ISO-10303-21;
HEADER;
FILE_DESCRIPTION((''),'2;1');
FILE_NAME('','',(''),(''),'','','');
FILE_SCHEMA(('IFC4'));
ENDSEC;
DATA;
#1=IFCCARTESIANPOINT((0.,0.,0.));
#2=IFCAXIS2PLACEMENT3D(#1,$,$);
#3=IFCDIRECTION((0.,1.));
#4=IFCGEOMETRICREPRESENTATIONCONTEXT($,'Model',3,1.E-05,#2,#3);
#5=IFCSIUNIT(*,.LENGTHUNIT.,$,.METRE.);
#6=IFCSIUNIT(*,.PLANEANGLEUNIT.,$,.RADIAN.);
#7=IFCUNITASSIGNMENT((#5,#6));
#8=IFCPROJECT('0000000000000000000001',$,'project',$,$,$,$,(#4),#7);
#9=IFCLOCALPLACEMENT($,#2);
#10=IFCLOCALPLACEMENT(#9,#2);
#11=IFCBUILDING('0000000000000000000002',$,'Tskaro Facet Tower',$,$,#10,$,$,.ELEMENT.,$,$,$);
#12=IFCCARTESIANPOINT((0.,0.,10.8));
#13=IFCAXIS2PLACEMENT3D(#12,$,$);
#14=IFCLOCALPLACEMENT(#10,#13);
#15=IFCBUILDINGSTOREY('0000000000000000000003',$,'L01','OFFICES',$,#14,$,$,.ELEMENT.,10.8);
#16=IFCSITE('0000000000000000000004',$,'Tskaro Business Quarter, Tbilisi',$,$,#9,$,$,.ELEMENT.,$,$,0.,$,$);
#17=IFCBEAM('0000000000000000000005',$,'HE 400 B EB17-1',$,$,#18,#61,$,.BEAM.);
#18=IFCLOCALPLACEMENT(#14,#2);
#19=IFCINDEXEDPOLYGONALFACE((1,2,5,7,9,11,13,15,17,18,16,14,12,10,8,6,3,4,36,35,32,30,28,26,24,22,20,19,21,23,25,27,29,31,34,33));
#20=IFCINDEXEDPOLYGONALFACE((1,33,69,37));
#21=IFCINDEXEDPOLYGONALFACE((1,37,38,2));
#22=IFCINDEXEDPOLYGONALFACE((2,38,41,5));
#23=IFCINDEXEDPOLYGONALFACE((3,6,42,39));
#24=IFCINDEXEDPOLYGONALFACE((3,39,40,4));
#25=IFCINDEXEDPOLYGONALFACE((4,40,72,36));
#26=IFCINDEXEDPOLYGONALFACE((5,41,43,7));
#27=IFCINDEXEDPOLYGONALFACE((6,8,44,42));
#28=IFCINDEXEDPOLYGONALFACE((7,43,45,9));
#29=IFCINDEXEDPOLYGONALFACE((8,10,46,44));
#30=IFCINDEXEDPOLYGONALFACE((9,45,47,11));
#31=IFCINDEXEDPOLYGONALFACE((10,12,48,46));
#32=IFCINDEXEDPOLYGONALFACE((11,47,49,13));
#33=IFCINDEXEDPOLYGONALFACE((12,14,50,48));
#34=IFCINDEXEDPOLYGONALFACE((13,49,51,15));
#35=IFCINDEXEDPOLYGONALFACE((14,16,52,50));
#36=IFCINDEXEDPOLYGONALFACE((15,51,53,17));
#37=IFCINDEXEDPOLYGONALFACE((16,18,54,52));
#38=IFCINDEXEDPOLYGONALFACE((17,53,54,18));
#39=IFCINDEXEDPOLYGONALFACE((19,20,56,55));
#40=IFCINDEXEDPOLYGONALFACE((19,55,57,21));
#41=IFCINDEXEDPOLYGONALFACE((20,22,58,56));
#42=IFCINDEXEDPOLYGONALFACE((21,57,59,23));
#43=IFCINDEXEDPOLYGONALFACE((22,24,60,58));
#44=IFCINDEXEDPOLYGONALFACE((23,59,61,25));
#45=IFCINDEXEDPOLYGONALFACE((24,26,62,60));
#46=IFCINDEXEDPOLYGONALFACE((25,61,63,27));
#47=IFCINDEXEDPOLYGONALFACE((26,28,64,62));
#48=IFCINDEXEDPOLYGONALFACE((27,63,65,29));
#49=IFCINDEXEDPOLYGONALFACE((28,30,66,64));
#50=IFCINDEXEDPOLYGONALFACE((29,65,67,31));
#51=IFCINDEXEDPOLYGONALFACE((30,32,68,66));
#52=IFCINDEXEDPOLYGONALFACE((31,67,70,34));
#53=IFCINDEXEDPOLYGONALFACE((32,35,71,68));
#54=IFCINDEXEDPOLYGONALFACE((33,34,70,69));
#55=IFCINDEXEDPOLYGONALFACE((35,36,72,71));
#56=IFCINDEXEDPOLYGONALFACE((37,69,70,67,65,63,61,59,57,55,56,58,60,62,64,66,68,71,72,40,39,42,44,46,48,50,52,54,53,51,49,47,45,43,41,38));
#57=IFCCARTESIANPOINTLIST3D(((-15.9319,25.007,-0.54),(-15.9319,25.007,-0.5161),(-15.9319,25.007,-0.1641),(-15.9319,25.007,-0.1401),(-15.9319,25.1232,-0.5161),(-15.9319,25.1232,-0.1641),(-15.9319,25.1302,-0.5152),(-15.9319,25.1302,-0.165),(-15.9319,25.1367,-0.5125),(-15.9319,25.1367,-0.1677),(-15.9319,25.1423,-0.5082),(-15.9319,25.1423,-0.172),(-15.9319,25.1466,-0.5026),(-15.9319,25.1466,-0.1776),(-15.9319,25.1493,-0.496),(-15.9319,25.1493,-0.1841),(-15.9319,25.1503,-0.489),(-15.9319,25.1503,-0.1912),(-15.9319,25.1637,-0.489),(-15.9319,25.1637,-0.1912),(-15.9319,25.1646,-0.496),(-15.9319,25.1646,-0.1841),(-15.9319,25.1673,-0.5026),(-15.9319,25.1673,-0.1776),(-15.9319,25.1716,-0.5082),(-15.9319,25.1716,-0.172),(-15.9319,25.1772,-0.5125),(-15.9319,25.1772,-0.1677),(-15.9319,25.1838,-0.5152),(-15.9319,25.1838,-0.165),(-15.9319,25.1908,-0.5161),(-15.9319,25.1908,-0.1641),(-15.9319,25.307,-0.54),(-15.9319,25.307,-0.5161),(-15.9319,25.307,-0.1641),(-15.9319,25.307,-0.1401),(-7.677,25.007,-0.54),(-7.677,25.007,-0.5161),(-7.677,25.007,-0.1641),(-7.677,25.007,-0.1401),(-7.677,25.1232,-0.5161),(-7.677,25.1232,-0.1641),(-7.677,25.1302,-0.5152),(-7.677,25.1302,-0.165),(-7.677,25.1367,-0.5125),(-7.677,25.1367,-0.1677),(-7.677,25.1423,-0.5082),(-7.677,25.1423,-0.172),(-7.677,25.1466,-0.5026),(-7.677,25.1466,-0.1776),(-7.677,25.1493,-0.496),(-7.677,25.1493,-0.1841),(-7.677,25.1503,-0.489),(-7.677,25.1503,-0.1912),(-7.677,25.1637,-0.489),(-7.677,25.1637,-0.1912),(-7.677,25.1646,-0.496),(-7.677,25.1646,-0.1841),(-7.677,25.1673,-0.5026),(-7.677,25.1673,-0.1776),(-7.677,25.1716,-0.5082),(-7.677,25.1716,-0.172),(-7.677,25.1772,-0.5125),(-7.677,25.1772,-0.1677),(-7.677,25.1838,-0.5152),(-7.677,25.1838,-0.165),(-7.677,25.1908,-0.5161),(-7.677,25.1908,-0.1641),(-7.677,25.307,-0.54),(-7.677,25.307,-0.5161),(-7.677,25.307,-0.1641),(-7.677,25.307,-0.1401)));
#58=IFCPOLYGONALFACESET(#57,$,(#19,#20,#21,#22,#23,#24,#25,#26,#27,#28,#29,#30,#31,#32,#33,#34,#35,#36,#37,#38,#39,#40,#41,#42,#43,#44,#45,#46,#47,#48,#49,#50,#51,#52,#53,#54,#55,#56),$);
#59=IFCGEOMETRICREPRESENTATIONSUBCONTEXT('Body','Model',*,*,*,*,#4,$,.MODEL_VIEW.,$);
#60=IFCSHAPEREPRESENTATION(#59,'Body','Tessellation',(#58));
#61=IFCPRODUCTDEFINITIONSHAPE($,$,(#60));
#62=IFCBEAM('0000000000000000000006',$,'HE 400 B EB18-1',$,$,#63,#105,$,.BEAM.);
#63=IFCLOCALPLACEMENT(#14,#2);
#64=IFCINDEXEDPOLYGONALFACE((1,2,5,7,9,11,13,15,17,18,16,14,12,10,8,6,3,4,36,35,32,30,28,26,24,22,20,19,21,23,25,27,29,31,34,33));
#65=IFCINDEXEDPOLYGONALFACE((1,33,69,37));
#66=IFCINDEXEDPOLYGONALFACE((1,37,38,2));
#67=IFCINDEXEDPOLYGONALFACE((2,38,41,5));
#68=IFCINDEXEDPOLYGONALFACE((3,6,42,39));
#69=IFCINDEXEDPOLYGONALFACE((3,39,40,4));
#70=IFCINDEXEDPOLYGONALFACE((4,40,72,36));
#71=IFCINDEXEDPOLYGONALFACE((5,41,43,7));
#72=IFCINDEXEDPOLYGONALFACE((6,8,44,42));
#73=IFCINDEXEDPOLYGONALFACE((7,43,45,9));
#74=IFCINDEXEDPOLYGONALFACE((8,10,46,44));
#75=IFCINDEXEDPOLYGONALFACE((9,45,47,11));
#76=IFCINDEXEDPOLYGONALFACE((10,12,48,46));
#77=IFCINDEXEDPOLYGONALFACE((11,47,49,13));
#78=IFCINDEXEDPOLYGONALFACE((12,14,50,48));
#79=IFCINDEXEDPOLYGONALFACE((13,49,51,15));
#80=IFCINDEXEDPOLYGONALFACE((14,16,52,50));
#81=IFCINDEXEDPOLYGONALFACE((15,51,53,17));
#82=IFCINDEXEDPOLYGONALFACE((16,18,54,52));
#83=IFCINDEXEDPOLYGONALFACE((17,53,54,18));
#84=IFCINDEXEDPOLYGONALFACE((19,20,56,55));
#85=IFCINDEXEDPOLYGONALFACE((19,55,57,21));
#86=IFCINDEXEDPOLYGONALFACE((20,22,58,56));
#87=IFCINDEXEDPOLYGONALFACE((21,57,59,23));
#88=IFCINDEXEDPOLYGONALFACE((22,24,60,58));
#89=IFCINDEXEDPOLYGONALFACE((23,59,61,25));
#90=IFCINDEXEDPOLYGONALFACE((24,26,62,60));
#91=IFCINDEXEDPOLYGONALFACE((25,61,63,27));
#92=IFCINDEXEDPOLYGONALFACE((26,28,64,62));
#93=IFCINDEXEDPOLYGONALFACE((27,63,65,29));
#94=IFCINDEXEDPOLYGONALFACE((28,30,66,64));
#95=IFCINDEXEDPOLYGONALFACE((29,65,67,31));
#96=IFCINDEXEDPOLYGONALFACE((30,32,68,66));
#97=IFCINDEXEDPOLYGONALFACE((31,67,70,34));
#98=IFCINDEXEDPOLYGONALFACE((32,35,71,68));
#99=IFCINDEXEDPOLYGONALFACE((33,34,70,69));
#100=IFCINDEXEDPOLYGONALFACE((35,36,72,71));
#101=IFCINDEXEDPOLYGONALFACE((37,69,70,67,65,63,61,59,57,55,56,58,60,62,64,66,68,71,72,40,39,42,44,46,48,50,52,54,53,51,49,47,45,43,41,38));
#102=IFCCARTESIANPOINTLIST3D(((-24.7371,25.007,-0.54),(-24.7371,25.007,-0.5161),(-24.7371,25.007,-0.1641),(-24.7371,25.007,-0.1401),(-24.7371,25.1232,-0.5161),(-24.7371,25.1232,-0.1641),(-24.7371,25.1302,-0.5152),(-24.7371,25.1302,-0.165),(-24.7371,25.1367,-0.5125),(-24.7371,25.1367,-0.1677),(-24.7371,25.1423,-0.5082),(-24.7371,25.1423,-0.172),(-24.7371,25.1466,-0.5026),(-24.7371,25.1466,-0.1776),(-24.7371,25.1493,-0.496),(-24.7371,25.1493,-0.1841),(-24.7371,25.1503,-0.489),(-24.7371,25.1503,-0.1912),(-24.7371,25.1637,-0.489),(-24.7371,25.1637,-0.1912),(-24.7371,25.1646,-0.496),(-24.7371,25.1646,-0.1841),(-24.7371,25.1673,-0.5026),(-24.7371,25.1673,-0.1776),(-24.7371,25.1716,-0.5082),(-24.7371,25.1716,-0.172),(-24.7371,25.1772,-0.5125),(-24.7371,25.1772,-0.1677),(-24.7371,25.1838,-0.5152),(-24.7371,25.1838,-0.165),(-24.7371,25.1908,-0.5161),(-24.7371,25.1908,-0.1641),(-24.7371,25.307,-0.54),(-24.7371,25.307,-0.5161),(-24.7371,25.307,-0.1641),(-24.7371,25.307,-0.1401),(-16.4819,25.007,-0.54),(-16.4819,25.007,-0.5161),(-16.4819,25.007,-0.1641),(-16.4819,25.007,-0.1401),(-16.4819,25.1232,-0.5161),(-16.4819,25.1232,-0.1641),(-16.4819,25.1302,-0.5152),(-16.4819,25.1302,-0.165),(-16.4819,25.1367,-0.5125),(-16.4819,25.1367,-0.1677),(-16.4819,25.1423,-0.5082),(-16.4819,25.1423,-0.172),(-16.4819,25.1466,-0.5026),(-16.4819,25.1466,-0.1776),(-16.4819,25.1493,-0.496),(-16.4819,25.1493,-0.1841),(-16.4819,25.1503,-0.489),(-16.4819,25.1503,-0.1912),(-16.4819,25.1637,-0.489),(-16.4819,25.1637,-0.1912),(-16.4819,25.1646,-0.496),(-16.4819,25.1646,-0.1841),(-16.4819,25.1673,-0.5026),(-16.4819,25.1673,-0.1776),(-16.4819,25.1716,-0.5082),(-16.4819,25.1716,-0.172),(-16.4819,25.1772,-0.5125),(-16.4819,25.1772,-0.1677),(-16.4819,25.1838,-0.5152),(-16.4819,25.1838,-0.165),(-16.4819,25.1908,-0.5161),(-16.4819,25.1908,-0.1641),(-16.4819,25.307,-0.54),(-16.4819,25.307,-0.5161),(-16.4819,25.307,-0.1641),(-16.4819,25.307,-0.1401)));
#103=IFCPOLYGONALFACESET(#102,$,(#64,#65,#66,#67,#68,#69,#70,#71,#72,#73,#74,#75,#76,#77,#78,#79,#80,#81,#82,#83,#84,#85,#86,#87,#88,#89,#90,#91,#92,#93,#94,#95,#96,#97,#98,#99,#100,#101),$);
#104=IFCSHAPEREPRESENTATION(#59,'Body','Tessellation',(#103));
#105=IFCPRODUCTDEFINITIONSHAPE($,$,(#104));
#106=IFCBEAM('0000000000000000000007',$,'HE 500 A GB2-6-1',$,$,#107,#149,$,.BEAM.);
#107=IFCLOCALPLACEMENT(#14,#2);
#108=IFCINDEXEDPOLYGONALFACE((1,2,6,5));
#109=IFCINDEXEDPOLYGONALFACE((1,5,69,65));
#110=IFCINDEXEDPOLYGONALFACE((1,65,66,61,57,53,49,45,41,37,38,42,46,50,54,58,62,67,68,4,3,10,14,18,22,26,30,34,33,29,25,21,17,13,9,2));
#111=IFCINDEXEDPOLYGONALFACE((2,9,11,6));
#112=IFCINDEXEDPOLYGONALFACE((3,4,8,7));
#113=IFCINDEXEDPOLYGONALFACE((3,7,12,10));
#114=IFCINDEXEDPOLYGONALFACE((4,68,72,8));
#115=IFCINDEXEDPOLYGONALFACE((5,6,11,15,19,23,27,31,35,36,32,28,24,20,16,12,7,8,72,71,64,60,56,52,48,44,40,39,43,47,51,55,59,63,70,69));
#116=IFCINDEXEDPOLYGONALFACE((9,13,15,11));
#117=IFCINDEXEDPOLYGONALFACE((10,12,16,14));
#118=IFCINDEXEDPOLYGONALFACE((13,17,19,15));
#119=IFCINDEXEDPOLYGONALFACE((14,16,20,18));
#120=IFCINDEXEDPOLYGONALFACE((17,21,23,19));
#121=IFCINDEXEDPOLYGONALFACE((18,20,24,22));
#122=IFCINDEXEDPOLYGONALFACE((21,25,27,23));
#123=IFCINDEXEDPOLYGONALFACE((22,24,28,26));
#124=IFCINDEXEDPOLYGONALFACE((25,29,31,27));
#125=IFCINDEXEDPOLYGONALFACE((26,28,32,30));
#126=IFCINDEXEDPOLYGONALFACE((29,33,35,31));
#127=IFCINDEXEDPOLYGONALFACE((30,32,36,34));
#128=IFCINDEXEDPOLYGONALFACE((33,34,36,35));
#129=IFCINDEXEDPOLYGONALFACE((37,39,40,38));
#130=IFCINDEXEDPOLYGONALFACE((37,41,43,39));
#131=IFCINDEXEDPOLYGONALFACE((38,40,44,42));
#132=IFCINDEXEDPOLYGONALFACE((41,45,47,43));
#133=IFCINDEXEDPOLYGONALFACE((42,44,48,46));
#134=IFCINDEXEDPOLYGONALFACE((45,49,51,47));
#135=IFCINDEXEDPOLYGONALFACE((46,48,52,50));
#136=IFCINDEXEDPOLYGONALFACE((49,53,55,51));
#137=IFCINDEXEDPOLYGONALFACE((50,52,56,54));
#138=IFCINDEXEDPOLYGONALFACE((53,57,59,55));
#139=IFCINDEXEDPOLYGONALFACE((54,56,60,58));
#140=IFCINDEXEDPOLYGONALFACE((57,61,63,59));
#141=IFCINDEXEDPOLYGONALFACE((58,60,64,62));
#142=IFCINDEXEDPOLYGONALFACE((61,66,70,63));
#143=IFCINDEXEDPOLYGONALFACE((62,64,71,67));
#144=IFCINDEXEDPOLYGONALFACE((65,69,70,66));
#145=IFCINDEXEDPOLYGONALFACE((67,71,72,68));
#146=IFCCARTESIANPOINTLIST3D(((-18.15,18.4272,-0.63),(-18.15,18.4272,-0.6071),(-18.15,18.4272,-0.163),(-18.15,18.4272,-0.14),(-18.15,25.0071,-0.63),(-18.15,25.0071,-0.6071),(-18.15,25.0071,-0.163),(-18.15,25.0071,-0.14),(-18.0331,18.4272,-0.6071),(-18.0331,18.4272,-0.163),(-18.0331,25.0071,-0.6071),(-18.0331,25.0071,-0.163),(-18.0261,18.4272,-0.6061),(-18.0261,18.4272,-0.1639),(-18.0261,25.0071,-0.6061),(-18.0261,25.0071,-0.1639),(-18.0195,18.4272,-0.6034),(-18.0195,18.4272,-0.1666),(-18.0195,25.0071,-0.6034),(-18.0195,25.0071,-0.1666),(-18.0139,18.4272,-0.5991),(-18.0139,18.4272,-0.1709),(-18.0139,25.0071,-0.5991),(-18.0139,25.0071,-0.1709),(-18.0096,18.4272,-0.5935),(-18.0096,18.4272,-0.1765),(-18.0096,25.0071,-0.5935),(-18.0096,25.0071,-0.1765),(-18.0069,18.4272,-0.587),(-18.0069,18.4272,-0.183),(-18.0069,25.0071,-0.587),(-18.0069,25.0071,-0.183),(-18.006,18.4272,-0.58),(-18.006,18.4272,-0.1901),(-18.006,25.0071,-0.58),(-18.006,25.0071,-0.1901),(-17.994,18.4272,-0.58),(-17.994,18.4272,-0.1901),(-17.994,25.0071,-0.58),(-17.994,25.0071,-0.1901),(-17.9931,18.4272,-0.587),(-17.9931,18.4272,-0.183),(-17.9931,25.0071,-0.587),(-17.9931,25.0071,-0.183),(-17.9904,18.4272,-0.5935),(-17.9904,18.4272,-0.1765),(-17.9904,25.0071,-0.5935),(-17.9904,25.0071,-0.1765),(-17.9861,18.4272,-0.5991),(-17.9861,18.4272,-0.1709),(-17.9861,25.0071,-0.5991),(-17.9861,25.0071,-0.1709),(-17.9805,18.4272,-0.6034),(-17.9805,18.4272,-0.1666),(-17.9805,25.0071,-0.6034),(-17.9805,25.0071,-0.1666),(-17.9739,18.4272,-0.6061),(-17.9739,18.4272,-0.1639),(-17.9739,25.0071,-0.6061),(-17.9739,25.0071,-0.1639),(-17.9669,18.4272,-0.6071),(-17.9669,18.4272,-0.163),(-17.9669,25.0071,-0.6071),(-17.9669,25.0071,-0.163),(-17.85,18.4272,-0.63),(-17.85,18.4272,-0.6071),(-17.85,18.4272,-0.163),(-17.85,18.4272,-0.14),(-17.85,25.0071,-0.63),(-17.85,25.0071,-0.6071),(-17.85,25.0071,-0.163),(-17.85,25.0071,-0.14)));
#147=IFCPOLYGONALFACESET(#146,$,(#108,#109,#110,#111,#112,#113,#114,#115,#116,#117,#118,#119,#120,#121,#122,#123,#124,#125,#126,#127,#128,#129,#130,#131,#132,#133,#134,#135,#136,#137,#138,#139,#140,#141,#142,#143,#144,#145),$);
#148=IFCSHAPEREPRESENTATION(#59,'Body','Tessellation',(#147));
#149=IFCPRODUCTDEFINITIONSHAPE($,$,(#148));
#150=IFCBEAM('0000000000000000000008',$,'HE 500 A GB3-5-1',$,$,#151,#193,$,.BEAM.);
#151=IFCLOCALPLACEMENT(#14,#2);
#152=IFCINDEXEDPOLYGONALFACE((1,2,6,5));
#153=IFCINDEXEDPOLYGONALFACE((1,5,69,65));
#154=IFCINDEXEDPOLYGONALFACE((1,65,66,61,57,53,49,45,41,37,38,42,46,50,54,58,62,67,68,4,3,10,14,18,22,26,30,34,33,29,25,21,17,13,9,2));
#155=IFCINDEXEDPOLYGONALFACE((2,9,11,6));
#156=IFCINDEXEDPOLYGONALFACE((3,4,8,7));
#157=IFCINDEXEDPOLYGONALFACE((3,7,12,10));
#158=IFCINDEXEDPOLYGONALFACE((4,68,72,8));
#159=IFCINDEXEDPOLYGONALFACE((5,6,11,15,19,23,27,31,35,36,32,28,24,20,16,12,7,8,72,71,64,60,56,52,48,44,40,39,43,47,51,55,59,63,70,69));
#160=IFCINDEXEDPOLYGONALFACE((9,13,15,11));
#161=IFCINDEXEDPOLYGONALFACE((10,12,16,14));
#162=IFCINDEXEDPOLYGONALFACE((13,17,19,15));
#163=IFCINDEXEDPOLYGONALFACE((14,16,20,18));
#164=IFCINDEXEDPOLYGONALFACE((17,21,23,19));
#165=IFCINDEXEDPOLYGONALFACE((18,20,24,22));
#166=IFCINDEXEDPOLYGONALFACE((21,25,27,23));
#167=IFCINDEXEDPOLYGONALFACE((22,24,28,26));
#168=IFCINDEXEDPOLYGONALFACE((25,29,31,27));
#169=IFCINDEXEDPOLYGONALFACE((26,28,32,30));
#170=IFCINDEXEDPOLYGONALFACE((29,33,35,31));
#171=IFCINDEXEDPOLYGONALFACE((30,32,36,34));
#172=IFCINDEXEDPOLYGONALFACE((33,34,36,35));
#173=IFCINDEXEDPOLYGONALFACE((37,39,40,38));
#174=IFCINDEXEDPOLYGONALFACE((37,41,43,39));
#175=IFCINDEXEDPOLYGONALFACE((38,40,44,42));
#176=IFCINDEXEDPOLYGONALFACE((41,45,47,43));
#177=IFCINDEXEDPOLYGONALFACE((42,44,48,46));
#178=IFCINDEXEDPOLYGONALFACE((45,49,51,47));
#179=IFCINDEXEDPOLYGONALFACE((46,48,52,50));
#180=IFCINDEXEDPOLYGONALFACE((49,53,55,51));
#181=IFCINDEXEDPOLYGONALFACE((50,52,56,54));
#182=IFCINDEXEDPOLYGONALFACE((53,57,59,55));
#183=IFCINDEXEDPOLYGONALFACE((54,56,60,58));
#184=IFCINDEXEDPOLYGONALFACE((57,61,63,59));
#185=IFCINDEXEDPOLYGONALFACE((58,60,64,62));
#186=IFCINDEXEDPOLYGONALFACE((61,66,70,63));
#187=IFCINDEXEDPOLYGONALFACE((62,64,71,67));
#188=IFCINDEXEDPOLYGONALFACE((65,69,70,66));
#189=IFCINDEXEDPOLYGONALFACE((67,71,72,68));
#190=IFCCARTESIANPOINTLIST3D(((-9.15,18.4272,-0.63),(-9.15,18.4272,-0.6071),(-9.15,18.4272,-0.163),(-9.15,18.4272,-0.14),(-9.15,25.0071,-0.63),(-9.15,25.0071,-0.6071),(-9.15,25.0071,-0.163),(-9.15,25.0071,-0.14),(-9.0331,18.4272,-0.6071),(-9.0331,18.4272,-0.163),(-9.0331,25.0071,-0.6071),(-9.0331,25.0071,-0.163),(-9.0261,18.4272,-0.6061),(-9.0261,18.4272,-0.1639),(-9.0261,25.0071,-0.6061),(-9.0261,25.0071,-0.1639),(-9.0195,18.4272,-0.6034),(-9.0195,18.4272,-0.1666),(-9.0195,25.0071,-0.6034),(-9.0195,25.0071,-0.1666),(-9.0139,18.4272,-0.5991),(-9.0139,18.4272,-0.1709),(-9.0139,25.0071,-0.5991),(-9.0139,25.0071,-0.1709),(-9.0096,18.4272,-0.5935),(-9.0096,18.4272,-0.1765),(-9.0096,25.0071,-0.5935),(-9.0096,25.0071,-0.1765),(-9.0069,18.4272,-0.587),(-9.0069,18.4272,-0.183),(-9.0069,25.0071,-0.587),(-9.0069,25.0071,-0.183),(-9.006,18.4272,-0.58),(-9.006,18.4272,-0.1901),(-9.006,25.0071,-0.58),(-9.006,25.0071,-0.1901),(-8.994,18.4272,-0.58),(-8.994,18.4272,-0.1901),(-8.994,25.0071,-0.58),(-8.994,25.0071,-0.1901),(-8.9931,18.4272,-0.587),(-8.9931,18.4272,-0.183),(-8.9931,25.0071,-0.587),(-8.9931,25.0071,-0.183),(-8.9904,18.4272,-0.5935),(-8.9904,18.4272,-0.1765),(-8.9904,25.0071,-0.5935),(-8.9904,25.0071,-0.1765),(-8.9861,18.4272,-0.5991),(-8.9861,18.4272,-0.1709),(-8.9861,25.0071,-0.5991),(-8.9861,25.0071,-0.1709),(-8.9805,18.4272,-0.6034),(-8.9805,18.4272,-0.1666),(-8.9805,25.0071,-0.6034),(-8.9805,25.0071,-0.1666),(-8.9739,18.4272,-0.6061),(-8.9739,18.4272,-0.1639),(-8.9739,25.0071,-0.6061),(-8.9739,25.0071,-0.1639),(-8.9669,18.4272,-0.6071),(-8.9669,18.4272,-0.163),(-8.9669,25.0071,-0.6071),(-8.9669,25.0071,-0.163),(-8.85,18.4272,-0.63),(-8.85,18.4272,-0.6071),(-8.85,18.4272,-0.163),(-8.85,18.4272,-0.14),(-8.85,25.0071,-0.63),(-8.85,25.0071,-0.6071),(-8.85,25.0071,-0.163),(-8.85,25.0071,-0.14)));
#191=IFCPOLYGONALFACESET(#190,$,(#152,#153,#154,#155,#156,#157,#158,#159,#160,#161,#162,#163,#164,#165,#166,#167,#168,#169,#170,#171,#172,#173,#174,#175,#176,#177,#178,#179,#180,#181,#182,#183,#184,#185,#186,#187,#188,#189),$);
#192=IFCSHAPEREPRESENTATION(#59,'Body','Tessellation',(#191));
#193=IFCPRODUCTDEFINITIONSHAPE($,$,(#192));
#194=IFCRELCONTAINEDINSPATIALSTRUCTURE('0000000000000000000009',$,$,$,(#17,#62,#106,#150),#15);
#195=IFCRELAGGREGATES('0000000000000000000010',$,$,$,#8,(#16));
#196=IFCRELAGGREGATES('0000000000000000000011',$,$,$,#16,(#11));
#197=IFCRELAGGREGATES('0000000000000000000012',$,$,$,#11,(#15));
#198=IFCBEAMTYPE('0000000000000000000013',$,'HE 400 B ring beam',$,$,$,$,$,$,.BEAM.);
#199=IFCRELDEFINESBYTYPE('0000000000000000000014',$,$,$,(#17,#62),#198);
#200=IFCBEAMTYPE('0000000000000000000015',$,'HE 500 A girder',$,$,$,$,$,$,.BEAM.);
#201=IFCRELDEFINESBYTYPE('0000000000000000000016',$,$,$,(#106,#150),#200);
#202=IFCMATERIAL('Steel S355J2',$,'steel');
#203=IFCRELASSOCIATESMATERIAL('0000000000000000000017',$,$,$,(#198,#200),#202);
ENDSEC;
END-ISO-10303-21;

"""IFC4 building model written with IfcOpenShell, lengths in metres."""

from ifc_helpers import new_model, si_unit, direction, frame, origin, origin_2d, place, context, subcontext, project, spatial, i_section, extrude, material, material_profile, profile_set, type_object, element, save


model = new_model("IFC4")

# Units and contexts
model_context = context("Model", 3, precision=1e-05, world=origin(), true_north=direction((0.0, 1.0)))
body_context = subcontext(model_context, "Body", "Model", "MODEL_VIEW")
ifc_project = project(units=[si_unit("LENGTHUNIT", "METRE"), si_unit("PLANEANGLEUNIT", "RADIAN")], contexts=[model_context])

# Site, building, storey
site_placement = place(None, origin())
site = spatial("IfcSite", under=ifc_project, at=site_placement, Name="Tskaro Business Quarter, Tbilisi", CompositionType="ELEMENT", RefElevation=0.0)
building_placement = place(site_placement, origin())
building = spatial("IfcBuilding", under=site, at=building_placement, Name="Tskaro Facet Tower", CompositionType="ELEMENT")
storey_placement = place(building_placement, frame((0.0, 0.0, 10.8)))
storey = spatial("IfcBuildingStorey", under=building, at=storey_placement, Name="L01", Description="OFFICES", CompositionType="ELEMENT", Elevation=10.8)

# Beams
ifc_material_1 = material(Name="Steel S355J2", Category="steel")
ifc_material_profile_1 = material_profile(ifc_material_1, i_section(OverallWidth=0.3, OverallDepth=0.3999, WebThickness=0.0134, FlangeThickness=0.0239, FilletRadius=0.0271, at=origin_2d()), Name="HE 400 B")
ifc_profile_set_1 = profile_set([ifc_material_profile_1], Name="Steel S355J2")
beam_type_1 = type_object("IfcBeamType", Name="HE 400 B ring beam", PredefinedType="BEAM", material=ifc_profile_set_1)
beam_1_placement = place(storey_placement, frame((-7.677, 25.157, -0.3401), z_axis=(-1.0, 0.0, 0.0), x_axis=(0.0, -1.0, 0.0)))
element("IfcBeam", 1, at=beam_1_placement, inside=storey, type_object=beam_type_1, Name="HE 400 B EB17-1", PredefinedType="BEAM", context=body_context, shape_type="SweptSolid", body=[
    extrude(i_section(OverallWidth=0.3, OverallDepth=0.3999, WebThickness=0.0134, FlangeThickness=0.0239, FilletRadius=0.0271, at=origin_2d()), origin(), (0.0, 0.0, 1.0), 8.2549),
])
beam_2_placement = place(storey_placement, frame((-16.4819, 25.157, -0.3401), z_axis=(-1.0, 0.0, 0.0), x_axis=(0.0, -1.0, 0.0)))
element("IfcBeam", 2, at=beam_2_placement, inside=storey, type_object=beam_type_1, Name="HE 400 B EB18-1", PredefinedType="BEAM", context=body_context, shape_type="SweptSolid", body=[
    extrude(i_section(OverallWidth=0.3, OverallDepth=0.3999, WebThickness=0.0134, FlangeThickness=0.0239, FilletRadius=0.0271, at=origin_2d()), origin(), (0.0, 0.0, 1.0), 8.2551),
])
ifc_material_profile_2 = material_profile(ifc_material_1, i_section(OverallWidth=0.3, OverallDepth=0.49, WebThickness=0.012, FlangeThickness=0.0229, FilletRadius=0.0271, at=origin_2d()), Name="HE 500 A")
ifc_profile_set_2 = profile_set([ifc_material_profile_2], Name="Steel S355J2")
beam_type_2 = type_object("IfcBeamType", Name="HE 500 A girder", PredefinedType="BEAM", material=ifc_profile_set_2)
for number, where, z_axis, x_axis, name in (
    (3, (-18.0, 18.4272, -0.385), (0.0, 1.0, 0.0), (-1.0, 0.0, 0.0), "HE 500 A GB2-6-1"),
    (4, (-9.0, 18.4272, -0.385), (0.0, 1.0, 0.0), (-1.0, 0.0, 0.0), "HE 500 A GB3-5-1"),
):
    element("IfcBeam", number, at=place(storey_placement, frame(where, z_axis=z_axis, x_axis=x_axis)), inside=storey, type_object=beam_type_2, Name=name, PredefinedType="BEAM", context=body_context, shape_type="SweptSolid", body=[
        extrude(i_section(OverallWidth=0.3, OverallDepth=0.49, WebThickness=0.012, FlangeThickness=0.0229, FilletRadius=0.0271, at=origin_2d()), origin(), (0.0, 0.0, 1.0), 6.5798),
    ])

save(model, "model.ifc")
